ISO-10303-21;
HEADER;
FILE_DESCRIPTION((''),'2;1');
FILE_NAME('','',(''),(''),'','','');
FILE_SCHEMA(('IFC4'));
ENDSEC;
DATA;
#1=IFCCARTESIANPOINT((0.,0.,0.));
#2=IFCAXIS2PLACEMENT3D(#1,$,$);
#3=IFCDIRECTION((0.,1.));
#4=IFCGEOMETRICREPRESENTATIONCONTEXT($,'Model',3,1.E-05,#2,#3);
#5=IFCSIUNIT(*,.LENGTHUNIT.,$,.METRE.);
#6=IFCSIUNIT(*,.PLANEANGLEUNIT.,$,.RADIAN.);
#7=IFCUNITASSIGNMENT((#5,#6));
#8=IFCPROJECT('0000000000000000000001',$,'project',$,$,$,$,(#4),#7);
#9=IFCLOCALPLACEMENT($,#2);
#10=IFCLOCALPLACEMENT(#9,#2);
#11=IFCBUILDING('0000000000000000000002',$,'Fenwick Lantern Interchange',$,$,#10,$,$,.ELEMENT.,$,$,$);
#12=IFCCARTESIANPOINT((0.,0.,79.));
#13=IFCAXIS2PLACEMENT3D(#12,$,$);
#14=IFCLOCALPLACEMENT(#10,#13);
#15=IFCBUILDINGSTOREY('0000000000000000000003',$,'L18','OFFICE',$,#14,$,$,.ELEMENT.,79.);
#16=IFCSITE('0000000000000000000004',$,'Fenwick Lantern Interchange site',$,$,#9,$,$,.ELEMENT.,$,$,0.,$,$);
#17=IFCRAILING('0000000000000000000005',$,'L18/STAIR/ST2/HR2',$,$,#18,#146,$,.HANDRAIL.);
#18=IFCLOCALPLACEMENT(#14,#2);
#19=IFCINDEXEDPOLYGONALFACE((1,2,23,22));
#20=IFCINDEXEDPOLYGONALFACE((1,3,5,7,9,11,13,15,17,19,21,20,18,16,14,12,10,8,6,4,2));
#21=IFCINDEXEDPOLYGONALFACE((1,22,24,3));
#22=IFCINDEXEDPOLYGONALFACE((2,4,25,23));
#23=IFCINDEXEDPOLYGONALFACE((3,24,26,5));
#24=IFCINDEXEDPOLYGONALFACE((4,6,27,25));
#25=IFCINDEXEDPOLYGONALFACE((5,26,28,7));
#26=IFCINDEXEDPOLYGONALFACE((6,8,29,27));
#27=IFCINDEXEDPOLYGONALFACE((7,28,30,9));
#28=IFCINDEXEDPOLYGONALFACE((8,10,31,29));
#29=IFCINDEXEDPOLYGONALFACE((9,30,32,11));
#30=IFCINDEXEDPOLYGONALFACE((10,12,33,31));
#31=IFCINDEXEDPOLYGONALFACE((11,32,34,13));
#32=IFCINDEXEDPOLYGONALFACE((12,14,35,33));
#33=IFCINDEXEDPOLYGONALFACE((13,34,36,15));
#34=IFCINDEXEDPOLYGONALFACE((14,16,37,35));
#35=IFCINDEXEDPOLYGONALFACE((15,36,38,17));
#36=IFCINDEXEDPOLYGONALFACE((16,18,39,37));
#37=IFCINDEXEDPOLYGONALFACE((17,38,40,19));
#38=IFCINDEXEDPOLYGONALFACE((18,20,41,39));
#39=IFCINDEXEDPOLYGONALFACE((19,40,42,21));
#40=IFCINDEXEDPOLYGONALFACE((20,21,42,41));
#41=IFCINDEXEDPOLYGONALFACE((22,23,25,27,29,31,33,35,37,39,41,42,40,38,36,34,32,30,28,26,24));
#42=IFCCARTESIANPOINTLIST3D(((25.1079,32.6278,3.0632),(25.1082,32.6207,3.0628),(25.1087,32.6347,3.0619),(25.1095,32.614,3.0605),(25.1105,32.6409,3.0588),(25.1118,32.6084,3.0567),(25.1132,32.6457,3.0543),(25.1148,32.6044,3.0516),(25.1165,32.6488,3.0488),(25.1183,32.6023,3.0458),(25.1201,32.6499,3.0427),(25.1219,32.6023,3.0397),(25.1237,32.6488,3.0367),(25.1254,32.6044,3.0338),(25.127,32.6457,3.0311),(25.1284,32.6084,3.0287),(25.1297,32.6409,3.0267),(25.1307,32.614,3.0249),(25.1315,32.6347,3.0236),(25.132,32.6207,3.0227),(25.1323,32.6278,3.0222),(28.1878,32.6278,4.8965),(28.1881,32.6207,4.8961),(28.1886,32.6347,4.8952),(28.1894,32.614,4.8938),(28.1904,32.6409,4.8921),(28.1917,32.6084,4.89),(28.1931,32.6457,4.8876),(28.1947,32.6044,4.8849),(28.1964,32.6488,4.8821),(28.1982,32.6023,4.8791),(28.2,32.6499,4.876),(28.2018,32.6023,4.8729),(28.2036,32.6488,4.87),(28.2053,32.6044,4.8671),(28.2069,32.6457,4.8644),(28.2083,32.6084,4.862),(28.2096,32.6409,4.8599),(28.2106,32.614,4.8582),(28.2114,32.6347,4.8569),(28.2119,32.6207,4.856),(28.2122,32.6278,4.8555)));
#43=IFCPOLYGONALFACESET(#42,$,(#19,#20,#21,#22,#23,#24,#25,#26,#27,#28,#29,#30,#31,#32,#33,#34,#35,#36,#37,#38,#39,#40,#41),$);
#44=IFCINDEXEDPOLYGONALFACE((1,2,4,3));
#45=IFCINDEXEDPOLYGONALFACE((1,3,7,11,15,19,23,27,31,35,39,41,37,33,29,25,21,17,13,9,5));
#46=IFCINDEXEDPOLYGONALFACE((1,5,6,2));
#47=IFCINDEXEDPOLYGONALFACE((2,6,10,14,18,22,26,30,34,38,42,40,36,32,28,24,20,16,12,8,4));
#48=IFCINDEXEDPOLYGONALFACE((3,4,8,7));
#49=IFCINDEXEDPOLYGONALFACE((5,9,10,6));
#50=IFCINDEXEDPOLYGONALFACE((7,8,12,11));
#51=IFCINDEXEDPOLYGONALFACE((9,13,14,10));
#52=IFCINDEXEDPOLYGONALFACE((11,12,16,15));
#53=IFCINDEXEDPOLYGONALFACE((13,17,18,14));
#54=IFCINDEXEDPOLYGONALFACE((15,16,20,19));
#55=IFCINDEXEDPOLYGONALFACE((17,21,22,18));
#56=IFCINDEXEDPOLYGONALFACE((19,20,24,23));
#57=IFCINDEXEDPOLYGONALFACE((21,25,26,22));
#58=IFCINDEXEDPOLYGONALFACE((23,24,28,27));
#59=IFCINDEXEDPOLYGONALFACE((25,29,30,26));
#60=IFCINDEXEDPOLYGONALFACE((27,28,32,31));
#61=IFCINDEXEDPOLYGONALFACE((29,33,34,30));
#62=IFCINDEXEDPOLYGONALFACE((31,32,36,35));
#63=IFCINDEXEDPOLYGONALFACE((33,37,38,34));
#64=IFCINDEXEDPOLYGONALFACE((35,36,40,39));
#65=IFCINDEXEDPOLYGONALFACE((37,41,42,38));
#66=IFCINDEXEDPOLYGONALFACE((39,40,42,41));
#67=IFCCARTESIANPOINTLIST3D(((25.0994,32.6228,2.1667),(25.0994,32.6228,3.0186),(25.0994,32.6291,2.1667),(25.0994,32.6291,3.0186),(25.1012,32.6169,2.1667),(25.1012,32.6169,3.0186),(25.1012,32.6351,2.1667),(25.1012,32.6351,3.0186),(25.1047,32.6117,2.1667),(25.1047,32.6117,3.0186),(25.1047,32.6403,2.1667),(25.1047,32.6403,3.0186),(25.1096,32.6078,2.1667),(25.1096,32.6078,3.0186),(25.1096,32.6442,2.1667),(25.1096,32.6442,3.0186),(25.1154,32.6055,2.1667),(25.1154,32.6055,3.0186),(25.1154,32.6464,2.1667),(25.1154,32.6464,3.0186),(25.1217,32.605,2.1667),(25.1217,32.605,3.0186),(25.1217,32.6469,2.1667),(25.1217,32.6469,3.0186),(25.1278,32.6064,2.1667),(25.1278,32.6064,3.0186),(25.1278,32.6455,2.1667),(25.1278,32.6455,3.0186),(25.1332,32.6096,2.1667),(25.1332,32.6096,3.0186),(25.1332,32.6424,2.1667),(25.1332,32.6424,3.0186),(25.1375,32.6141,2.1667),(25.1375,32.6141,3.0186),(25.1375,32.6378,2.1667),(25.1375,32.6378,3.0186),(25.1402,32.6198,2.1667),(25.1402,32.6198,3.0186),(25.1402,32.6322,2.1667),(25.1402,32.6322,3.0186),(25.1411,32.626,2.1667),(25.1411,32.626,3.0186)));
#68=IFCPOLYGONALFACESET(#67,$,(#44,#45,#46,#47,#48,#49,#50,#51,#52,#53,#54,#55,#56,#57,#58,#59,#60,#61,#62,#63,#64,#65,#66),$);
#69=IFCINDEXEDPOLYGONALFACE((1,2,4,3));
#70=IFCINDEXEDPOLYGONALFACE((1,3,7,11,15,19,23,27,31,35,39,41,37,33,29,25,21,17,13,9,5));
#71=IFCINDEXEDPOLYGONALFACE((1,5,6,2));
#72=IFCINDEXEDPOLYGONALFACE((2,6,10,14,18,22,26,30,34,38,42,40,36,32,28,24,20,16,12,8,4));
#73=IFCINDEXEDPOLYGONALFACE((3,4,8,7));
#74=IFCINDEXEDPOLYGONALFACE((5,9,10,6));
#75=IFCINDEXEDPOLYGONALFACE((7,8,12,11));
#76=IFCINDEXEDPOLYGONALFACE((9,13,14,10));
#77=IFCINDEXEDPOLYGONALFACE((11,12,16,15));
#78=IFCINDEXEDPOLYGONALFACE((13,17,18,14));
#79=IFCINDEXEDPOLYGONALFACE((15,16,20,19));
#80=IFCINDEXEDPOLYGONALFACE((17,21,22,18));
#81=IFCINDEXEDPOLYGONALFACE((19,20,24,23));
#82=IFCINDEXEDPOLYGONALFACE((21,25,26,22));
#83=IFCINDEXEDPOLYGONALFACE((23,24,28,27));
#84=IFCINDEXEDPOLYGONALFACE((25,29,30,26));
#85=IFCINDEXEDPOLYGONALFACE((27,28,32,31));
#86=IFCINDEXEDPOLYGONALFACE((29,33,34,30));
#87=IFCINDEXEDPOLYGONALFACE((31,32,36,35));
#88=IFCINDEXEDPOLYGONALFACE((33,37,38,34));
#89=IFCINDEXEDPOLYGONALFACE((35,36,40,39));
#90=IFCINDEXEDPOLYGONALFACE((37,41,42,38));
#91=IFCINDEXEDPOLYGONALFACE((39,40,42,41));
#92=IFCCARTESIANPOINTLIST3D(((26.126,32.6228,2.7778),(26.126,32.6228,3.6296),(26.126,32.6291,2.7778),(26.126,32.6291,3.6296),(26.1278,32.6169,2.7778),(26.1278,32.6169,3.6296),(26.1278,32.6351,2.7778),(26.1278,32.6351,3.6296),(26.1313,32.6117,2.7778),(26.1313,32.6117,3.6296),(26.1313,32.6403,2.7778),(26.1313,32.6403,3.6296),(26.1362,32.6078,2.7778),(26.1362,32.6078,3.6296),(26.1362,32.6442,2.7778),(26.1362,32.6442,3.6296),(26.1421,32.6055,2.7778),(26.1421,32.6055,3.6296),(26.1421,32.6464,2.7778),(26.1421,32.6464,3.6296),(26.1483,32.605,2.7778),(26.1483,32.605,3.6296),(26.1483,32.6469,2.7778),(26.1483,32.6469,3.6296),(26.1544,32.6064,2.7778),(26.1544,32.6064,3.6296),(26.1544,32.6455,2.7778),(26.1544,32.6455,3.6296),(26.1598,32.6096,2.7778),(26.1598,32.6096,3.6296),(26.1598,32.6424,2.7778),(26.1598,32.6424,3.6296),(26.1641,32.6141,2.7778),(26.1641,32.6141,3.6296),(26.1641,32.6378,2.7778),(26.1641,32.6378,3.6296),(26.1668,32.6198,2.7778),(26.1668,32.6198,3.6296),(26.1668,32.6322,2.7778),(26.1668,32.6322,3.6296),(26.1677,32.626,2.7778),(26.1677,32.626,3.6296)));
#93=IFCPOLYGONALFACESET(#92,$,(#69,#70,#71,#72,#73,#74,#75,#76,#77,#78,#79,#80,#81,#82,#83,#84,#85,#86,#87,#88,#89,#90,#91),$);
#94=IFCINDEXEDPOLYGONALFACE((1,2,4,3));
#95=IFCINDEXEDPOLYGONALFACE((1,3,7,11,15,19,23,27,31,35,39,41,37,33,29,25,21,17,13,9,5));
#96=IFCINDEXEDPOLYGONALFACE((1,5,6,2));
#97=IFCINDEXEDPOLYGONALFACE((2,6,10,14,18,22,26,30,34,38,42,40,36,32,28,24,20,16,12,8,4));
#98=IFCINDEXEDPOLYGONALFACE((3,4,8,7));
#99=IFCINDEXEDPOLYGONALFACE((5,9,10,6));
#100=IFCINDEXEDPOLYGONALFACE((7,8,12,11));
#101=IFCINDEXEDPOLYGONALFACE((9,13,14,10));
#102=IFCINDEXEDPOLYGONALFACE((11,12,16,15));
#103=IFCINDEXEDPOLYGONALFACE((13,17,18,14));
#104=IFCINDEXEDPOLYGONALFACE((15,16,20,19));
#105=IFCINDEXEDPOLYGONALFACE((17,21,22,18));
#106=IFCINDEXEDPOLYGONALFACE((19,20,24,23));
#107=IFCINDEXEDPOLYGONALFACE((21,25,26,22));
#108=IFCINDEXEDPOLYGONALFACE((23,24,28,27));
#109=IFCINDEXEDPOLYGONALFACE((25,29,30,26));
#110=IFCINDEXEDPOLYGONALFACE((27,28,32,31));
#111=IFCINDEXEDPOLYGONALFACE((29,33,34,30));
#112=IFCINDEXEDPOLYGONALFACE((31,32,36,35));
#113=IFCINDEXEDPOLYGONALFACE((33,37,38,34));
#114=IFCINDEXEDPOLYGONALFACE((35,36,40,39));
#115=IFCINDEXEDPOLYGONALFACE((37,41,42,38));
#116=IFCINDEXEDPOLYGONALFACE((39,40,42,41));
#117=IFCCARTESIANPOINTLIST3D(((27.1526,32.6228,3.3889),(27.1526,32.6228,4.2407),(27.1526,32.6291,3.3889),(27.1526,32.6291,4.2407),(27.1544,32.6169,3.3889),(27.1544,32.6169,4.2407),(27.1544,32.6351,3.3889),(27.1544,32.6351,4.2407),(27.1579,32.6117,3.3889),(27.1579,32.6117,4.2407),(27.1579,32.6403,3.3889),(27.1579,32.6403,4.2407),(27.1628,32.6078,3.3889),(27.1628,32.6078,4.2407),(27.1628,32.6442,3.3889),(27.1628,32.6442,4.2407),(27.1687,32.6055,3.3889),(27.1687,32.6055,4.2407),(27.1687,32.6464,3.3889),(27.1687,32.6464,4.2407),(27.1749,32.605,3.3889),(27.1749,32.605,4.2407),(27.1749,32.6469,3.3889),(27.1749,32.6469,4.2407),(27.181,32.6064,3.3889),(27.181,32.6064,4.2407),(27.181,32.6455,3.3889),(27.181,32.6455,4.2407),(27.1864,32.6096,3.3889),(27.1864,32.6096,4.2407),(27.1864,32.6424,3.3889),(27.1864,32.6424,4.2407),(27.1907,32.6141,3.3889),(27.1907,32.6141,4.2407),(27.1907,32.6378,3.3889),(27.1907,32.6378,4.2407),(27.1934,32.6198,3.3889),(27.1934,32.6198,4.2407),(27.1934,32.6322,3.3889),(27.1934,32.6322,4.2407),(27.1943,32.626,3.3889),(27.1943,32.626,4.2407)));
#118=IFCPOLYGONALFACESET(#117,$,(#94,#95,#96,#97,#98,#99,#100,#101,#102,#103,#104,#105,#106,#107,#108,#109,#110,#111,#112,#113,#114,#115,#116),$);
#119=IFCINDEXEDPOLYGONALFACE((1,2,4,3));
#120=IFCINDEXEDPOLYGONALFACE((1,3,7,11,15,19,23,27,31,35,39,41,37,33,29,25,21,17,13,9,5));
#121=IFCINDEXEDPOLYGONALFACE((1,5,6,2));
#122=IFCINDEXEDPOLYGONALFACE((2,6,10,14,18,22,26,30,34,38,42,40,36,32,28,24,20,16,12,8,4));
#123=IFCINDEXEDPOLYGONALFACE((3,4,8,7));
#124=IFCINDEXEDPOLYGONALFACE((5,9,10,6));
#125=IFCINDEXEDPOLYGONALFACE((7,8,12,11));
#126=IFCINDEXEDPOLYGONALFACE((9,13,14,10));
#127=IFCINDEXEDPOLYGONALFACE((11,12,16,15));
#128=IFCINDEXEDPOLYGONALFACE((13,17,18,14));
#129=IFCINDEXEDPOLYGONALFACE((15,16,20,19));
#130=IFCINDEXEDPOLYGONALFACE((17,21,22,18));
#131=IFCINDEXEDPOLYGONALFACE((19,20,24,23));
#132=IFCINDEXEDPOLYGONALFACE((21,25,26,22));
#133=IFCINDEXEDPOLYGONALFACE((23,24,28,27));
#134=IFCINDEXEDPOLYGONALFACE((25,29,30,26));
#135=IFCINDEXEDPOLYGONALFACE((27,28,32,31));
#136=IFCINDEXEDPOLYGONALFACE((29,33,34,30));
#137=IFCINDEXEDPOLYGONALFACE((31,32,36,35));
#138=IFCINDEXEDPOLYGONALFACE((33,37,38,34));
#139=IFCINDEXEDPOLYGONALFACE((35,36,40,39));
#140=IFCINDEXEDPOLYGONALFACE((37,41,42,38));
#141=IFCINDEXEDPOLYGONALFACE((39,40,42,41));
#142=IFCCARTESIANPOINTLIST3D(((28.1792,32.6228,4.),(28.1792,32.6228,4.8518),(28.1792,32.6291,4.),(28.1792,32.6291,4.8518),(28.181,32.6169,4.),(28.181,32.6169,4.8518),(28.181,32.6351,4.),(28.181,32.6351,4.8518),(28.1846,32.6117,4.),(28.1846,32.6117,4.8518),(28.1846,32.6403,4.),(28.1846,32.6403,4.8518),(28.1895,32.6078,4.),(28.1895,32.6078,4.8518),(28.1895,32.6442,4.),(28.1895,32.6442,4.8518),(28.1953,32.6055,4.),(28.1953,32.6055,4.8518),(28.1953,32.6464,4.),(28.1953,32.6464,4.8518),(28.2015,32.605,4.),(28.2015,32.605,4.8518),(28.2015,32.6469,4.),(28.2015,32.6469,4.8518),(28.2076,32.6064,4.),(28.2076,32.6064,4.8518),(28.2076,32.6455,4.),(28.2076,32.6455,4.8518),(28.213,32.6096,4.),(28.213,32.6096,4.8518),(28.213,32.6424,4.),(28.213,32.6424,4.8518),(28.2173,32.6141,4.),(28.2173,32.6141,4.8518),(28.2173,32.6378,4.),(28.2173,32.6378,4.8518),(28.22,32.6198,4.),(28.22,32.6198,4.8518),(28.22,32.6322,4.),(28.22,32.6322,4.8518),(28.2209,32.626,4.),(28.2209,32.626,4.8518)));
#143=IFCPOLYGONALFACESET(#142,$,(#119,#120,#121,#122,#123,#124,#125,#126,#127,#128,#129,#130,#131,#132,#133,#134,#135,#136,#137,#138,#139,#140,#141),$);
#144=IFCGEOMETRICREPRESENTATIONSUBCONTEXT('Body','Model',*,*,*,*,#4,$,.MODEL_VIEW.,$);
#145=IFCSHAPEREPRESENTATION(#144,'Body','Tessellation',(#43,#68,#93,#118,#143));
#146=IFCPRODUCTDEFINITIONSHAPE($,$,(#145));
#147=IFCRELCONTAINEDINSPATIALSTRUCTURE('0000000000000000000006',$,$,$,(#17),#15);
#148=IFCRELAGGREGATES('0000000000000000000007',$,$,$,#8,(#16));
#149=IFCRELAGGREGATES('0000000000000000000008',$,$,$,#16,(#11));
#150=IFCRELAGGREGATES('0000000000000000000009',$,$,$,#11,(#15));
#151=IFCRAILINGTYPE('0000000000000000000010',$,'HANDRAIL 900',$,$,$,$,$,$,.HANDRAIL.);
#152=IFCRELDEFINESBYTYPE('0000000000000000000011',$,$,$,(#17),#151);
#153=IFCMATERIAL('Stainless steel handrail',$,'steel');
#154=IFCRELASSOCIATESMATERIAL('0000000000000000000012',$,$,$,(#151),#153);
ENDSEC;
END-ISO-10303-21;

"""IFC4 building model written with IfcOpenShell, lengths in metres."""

from ifc_helpers import new_model, si_unit, direction, frame, origin, origin_2d, place, context, subcontext, project, spatial, circle, extrude, material, type_object, element, save


model = new_model("IFC4")

# Units and contexts
model_context = context("Model", 3, precision=1e-05, world=origin(), true_north=direction((0.0, 1.0)))
body_context = subcontext(model_context, "Body", "Model", "MODEL_VIEW")
ifc_project = project(units=[si_unit("LENGTHUNIT", "METRE"), si_unit("PLANEANGLEUNIT", "RADIAN")], contexts=[model_context])

# Site, building, storey
site_placement = place(None, origin())
site = spatial("IfcSite", under=ifc_project, at=site_placement, Name="Fenwick Lantern Interchange site", CompositionType="ELEMENT", RefElevation=0.0)
building_placement = place(site_placement, origin())
building = spatial("IfcBuilding", under=site, at=building_placement, Name="Fenwick Lantern Interchange", CompositionType="ELEMENT")
storey_placement = place(building_placement, frame((0.0, 0.0, 79.0)))
storey = spatial("IfcBuildingStorey", under=building, at=storey_placement, Name="L18", Description="OFFICE", CompositionType="ELEMENT", Elevation=79.0)

# Railing
ifc_material_1 = material(Name="Stainless steel handrail", Category="steel")
railing_type = type_object("IfcRailingType", Name="HANDRAIL 900", PredefinedType="HANDRAIL", material=ifc_material_1)
railing_1_placement = place(storey_placement, frame((25.1201, 32.626, 2.1667)))
element("IfcRailing", 1, at=railing_1_placement, inside=storey, type_object=railing_type, Name="L18/STAIR/ST2/HR2", PredefinedType="HANDRAIL", context=body_context, shape_type="SweptSolid", body=[
    extrude(circle(Radius=0.0239, at=origin_2d()), frame((0.0, 0.0, 0.876), z_axis=(0.859291, 0.0, 0.511487), x_axis=(0.0, 1.0, 0.0)), (0.0, 0.0, 1.0), 3.5842),
    extrude(circle(Radius=0.021, at=origin_2d()), origin(), (0.0, 0.0, 1.0), 0.8518),
    extrude(circle(Radius=0.021, at=origin_2d()), frame((1.0266, 0.0, 0.6111)), (0.0, 0.0, 1.0), 0.8518),
    extrude(circle(Radius=0.021, at=origin_2d()), frame((2.0532, 0.0, 1.2222)), (0.0, 0.0, 1.0), 0.8518),
    extrude(circle(Radius=0.021, at=origin_2d()), frame((3.0798, 0.0, 1.8333)), (0.0, 0.0, 1.0), 0.8518),
])

save(model, "model.ifc")
